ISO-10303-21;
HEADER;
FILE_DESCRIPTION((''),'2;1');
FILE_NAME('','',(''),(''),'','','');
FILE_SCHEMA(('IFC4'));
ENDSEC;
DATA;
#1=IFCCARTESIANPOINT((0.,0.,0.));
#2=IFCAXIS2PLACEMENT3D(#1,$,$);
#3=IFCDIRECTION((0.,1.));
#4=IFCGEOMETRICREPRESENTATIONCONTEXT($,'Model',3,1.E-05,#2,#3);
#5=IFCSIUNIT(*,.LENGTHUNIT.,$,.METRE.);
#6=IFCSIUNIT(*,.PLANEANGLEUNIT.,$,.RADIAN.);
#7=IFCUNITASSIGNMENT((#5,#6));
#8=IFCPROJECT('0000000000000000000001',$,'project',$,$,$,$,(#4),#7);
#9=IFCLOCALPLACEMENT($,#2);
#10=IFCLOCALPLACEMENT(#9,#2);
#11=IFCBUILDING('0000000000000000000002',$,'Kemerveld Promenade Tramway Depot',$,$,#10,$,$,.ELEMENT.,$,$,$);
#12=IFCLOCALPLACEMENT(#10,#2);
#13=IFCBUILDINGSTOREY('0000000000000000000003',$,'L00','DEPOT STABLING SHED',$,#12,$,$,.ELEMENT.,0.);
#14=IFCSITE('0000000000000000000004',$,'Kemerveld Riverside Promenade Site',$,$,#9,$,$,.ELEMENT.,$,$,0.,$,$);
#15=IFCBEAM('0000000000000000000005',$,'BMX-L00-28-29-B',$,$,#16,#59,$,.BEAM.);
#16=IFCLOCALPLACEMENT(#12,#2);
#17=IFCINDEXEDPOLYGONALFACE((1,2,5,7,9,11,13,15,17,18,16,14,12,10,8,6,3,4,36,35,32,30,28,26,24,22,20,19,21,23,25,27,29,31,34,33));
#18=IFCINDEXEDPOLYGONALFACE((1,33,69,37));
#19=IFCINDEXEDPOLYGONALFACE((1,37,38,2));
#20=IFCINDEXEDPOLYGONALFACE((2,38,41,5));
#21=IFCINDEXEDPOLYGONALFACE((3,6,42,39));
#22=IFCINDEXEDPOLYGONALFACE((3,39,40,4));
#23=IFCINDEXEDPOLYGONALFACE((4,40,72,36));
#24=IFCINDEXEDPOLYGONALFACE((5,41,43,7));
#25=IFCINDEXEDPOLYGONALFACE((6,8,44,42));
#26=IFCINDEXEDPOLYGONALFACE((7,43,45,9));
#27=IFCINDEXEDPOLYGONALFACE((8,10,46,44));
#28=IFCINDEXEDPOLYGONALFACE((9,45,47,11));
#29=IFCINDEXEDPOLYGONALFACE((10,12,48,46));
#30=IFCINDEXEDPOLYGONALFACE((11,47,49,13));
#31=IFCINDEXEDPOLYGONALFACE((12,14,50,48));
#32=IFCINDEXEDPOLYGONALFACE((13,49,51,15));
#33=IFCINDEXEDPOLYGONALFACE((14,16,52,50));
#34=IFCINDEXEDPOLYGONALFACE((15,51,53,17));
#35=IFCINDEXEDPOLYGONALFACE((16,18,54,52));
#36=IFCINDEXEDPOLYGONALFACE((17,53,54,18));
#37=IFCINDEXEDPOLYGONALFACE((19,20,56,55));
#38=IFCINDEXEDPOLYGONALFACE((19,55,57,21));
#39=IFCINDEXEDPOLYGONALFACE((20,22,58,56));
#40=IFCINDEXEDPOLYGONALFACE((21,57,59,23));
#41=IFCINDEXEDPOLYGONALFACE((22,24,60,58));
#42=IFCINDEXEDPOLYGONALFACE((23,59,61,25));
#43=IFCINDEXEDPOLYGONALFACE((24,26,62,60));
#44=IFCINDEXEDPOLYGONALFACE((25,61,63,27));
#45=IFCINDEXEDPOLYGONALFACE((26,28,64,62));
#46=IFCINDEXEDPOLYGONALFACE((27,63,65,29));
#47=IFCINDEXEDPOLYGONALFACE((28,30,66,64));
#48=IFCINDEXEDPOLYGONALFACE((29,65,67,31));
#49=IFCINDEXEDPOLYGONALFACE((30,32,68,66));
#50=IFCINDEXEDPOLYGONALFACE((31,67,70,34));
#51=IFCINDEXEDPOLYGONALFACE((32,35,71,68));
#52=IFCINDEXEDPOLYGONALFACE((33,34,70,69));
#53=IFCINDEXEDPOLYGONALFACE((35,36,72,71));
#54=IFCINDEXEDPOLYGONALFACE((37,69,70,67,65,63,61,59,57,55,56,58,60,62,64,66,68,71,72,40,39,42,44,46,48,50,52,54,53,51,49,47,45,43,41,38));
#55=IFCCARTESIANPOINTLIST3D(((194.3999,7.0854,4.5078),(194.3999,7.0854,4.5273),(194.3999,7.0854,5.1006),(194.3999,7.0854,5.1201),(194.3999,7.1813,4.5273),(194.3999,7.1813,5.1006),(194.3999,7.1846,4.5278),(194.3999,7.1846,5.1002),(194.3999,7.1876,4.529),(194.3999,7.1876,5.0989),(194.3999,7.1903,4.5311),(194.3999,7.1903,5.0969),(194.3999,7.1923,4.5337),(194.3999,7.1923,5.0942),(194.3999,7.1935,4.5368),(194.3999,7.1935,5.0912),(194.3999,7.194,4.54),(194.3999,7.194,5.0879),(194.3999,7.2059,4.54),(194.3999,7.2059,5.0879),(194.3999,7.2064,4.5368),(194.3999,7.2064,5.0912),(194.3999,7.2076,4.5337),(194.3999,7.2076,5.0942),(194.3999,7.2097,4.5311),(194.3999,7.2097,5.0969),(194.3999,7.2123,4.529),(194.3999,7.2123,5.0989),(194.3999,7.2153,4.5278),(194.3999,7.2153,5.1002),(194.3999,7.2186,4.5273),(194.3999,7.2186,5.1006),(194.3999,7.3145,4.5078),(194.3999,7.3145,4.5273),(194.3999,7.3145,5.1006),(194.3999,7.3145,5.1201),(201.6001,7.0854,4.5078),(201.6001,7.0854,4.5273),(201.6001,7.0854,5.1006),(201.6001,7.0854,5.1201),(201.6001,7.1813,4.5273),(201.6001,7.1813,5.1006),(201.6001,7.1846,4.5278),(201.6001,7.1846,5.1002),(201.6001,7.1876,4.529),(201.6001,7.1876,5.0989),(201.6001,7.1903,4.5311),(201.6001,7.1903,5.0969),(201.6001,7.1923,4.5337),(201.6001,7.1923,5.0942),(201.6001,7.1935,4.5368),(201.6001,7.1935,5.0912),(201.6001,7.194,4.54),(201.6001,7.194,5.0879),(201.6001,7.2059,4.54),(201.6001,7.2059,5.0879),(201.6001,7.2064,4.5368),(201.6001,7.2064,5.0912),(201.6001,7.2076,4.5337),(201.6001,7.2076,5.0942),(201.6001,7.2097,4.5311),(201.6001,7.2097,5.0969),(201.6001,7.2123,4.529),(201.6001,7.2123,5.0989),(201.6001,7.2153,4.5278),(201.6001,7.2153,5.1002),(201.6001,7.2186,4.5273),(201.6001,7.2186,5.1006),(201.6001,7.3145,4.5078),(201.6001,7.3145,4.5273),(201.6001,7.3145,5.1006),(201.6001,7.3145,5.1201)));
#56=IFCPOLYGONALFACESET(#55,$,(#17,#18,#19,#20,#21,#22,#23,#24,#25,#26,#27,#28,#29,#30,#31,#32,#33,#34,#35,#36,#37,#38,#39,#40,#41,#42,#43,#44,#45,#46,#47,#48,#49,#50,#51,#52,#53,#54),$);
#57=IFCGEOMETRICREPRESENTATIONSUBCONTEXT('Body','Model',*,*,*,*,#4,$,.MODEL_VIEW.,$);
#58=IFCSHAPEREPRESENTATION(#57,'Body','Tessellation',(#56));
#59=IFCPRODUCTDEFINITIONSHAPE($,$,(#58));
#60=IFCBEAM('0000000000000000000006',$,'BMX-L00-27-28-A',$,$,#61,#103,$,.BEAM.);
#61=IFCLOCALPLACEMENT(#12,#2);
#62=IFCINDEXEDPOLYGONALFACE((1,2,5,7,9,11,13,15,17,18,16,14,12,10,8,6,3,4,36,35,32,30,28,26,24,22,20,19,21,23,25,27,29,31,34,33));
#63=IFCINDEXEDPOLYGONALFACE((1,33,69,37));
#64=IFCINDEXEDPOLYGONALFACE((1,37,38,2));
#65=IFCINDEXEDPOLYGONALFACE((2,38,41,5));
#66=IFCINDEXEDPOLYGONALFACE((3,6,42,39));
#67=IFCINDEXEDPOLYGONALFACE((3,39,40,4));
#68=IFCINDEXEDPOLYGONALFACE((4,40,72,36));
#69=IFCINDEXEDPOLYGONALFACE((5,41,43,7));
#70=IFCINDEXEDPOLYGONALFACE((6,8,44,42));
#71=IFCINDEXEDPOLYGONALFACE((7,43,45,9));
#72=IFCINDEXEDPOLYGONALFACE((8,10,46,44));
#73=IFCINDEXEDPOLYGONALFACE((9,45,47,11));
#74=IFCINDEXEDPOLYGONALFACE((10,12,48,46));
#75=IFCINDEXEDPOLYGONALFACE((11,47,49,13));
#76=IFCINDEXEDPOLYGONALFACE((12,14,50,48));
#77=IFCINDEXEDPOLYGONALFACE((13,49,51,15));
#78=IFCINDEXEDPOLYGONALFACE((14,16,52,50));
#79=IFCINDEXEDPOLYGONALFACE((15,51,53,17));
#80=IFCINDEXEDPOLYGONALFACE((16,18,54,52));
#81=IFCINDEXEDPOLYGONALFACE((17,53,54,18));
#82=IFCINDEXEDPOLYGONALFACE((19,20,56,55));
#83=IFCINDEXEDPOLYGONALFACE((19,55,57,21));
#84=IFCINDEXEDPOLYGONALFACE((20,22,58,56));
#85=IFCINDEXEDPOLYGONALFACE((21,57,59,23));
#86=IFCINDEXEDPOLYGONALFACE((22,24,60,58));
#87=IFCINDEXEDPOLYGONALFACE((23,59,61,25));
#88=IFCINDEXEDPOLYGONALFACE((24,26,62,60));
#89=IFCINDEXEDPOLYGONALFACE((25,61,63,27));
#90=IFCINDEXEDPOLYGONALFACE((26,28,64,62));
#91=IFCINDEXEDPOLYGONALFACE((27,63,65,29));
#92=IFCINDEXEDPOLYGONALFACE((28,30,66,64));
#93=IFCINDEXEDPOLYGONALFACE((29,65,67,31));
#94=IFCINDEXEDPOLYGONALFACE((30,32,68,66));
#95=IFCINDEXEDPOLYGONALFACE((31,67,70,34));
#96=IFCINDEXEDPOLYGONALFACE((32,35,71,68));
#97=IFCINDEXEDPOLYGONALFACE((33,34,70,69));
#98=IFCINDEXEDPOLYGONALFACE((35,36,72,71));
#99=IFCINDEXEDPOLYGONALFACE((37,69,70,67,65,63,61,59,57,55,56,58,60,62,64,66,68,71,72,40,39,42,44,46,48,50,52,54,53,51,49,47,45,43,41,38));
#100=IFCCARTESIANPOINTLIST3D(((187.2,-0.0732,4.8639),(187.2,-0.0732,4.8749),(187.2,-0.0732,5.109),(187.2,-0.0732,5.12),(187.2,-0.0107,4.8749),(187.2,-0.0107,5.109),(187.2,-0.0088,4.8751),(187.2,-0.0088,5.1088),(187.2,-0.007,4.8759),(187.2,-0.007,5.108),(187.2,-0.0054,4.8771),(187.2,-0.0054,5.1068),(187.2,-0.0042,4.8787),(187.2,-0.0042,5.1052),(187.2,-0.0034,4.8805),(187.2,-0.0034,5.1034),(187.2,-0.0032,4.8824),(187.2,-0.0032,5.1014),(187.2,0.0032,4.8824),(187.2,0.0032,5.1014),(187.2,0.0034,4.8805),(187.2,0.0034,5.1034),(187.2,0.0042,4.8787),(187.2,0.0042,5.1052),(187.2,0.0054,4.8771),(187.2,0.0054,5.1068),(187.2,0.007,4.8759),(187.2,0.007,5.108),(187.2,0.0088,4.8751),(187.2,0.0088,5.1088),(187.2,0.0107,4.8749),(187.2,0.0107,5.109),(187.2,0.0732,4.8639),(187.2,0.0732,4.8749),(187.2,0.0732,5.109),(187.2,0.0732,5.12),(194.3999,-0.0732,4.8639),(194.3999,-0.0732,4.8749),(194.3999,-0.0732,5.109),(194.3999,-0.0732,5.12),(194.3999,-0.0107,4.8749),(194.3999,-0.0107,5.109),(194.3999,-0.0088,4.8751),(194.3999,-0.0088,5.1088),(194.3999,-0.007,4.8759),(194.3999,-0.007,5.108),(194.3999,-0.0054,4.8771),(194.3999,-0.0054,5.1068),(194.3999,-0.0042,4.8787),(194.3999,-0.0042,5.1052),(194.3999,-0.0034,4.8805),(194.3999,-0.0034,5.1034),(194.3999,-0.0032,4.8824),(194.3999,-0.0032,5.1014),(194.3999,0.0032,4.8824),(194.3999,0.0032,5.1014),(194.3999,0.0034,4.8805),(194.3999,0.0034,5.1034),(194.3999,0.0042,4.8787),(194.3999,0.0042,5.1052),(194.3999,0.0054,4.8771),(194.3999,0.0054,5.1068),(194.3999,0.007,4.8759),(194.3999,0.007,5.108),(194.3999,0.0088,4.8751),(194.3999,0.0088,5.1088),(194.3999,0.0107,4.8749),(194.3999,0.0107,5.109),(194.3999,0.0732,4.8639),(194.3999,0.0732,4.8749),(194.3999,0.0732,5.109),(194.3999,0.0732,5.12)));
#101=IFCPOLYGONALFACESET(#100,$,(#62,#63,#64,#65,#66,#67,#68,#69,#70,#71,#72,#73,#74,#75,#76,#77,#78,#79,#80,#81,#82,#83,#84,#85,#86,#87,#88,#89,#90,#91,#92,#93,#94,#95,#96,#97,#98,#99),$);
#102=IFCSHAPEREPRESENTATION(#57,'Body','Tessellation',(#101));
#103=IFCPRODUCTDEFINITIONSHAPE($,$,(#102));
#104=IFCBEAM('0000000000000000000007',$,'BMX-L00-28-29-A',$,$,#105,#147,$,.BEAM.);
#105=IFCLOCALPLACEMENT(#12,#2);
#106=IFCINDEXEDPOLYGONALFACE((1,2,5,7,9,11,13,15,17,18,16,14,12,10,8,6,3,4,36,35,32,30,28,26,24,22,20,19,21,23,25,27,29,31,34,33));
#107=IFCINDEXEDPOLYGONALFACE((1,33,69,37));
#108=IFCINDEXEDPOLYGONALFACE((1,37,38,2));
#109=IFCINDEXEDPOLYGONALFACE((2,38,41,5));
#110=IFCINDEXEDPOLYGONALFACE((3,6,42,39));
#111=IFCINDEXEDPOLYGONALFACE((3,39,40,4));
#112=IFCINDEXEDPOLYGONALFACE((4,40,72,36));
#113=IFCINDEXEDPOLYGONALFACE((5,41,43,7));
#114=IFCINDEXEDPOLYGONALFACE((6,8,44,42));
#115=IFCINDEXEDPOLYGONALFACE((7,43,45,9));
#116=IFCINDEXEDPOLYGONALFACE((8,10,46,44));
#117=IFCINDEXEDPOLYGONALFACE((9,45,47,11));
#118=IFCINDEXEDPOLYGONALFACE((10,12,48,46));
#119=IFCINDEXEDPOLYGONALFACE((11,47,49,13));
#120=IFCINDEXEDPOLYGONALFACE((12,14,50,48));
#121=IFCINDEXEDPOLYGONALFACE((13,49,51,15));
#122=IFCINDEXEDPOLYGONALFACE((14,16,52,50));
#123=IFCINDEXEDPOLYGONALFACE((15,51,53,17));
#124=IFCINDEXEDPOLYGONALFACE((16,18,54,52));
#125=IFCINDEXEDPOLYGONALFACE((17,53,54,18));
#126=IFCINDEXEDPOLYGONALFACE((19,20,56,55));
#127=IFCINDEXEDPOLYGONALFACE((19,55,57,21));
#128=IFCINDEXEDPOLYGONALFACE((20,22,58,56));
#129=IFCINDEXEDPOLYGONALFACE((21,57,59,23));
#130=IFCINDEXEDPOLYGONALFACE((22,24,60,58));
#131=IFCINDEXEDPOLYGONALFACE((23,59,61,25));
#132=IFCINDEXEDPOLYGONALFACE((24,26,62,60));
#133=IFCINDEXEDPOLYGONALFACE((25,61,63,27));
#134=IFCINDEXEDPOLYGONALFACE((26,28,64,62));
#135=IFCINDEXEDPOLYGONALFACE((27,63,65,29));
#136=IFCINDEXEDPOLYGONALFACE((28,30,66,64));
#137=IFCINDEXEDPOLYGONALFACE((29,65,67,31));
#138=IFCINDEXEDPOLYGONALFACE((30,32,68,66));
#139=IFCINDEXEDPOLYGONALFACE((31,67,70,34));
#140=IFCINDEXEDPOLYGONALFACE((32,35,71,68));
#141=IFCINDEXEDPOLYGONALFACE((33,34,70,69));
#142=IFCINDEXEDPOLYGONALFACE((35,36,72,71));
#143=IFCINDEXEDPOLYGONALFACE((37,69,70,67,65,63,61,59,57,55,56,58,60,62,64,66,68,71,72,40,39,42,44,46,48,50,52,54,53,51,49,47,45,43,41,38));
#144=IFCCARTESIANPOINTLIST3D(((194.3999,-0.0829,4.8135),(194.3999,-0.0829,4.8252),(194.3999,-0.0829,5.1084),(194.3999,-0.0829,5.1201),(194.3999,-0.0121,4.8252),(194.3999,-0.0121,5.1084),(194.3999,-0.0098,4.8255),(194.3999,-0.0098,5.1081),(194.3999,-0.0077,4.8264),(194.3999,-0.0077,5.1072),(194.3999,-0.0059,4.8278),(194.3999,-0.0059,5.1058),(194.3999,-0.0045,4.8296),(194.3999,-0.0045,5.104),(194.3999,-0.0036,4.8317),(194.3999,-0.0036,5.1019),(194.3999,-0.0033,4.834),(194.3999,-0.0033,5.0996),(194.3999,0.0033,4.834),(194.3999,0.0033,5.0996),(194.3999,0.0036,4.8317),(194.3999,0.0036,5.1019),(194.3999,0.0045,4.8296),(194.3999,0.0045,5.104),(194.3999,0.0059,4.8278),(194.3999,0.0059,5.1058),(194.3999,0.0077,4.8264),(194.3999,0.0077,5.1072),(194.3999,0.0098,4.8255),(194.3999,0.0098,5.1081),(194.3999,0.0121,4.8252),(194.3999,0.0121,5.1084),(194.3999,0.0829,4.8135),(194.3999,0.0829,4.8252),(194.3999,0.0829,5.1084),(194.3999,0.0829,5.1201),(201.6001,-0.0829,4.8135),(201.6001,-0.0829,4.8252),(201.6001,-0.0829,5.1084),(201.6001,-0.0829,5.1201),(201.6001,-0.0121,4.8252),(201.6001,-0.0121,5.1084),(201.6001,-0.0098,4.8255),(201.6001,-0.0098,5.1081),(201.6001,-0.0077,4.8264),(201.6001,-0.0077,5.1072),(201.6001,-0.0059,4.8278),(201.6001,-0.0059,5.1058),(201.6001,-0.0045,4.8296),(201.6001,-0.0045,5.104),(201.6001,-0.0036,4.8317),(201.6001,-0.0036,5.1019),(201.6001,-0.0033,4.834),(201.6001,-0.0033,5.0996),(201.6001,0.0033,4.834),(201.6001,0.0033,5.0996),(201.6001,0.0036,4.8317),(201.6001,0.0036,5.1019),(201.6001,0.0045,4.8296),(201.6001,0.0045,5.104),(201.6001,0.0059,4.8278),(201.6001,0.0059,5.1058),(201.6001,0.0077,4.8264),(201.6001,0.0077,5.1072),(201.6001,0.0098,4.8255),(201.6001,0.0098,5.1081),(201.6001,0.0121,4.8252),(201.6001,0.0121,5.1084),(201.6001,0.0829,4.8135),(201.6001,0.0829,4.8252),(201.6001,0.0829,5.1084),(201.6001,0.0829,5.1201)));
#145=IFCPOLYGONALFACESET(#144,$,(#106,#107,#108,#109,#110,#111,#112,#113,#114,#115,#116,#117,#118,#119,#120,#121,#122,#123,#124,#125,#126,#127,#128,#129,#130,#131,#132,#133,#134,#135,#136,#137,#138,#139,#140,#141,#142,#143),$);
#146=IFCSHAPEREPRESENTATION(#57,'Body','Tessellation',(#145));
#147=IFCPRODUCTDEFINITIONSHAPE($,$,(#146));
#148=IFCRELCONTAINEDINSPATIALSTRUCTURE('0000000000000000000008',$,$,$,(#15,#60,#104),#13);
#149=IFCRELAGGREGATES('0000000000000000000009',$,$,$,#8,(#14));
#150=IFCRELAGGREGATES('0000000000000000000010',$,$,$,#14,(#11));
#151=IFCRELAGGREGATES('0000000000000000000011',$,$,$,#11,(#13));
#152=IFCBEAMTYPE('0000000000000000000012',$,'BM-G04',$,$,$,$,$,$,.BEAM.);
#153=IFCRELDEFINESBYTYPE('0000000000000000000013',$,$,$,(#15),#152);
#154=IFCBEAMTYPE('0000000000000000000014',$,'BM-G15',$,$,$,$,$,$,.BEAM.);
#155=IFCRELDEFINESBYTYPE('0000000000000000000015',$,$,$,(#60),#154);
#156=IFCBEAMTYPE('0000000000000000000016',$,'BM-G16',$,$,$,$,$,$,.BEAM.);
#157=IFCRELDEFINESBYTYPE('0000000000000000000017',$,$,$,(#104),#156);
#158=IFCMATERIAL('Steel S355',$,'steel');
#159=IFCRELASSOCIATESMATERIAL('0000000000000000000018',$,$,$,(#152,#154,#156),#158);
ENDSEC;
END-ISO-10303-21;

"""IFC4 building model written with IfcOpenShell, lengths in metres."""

from ifc_helpers import new_model, si_unit, direction, frame, origin, origin_2d, place, context, subcontext, project, spatial, i_section, extrude, material, material_profile, profile_set, type_object, element, save


model = new_model("IFC4")

# Units and contexts
model_context = context("Model", 3, precision=1e-05, world=origin(), true_north=direction((0.0, 1.0)))
body_context = subcontext(model_context, "Body", "Model", "MODEL_VIEW")
ifc_project = project(units=[si_unit("LENGTHUNIT", "METRE"), si_unit("PLANEANGLEUNIT", "RADIAN")], contexts=[model_context])

# Site, building, storey
site_placement = place(None, origin())
site = spatial("IfcSite", under=ifc_project, at=site_placement, Name="Kemerveld Riverside Promenade Site", CompositionType="ELEMENT", RefElevation=0.0)
building_placement = place(site_placement, origin())
building = spatial("IfcBuilding", under=site, at=building_placement, Name="Kemerveld Promenade Tramway Depot", CompositionType="ELEMENT")
storey_placement = place(building_placement, origin())
storey = spatial("IfcBuildingStorey", under=building, at=storey_placement, Name="L00", Description="DEPOT STABLING SHED", CompositionType="ELEMENT", Elevation=0.0)

# Shared definitions
ifc_material_1 = material(Name="Steel S355", Category="steel")

# Beams
ifc_material_profile_1 = material_profile(ifc_material_1, i_section(OverallWidth=0.229, OverallDepth=0.6123, WebThickness=0.012, FlangeThickness=0.0195, FilletRadius=0.0127, at=origin_2d()), Name="610x229x125 UB")
ifc_profile_set_1 = profile_set([ifc_material_profile_1], Name="Steel S355")
beam_type_1 = type_object("IfcBeamType", Name="BM-G04", PredefinedType="BEAM", material=ifc_profile_set_1)
beam_1_placement = place(storey_placement, frame((194.3999, 7.2, 4.814), z_axis=(1.0, 0.0, 0.0), x_axis=(0.0, 1.0, 0.0)))
element("IfcBeam", 1, at=beam_1_placement, inside=storey, type_object=beam_type_1, Name="BMX-L00-28-29-B", PredefinedType="BEAM", context=body_context, shape_type="SweptSolid", body=[
    extrude(i_section(OverallWidth=0.229, OverallDepth=0.6123, WebThickness=0.012, FlangeThickness=0.0195, FilletRadius=0.0127, at=origin_2d()), origin(), (0.0, 0.0, 1.0), 7.2002),
])
ifc_material_profile_2 = material_profile(ifc_material_1, i_section(OverallWidth=0.1465, OverallDepth=0.2561, WebThickness=0.0063, FlangeThickness=0.011, FilletRadius=0.0076, at=origin_2d()), Name="254x146x37 UB")
ifc_profile_set_2 = profile_set([ifc_material_profile_2], Name="Steel S355")
beam_type_2 = type_object("IfcBeamType", Name="BM-G15", PredefinedType="BEAM", material=ifc_profile_set_2)
beam_2_placement = place(storey_placement, frame((187.2, 0.0, 4.9919), z_axis=(1.0, 0.0, 0.0), x_axis=(0.0, 1.0, 0.0)))
element("IfcBeam", 2, at=beam_2_placement, inside=storey, type_object=beam_type_2, Name="BMX-L00-27-28-A", PredefinedType="BEAM", context=body_context, shape_type="SweptSolid", body=[
    extrude(i_section(OverallWidth=0.1465, OverallDepth=0.2561, WebThickness=0.0063, FlangeThickness=0.011, FilletRadius=0.0076, at=origin_2d()), origin(), (0.0, 0.0, 1.0), 7.2),
])
ifc_material_profile_3 = material_profile(ifc_material_1, i_section(OverallWidth=0.1658, OverallDepth=0.3066, WebThickness=0.0066, FlangeThickness=0.0117, FilletRadius=0.0088, at=origin_2d()), Name="305x165x46 UB")
ifc_profile_set_3 = profile_set([ifc_material_profile_3], Name="Steel S355")
beam_type_3 = type_object("IfcBeamType", Name="BM-G16", PredefinedType="BEAM", material=ifc_profile_set_3)
beam_3_placement = place(storey_placement, frame((194.3999, 0.0, 4.9668), z_axis=(1.0, 0.0, 0.0), x_axis=(0.0, 1.0, 0.0)))
element("IfcBeam", 3, at=beam_3_placement, inside=storey, type_object=beam_type_3, Name="BMX-L00-28-29-A", PredefinedType="BEAM", context=body_context, shape_type="SweptSolid", body=[
    extrude(i_section(OverallWidth=0.1658, OverallDepth=0.3066, WebThickness=0.0066, FlangeThickness=0.0117, FilletRadius=0.0088, at=origin_2d()), origin(), (0.0, 0.0, 1.0), 7.2002),
])

save(model, "model.ifc")
